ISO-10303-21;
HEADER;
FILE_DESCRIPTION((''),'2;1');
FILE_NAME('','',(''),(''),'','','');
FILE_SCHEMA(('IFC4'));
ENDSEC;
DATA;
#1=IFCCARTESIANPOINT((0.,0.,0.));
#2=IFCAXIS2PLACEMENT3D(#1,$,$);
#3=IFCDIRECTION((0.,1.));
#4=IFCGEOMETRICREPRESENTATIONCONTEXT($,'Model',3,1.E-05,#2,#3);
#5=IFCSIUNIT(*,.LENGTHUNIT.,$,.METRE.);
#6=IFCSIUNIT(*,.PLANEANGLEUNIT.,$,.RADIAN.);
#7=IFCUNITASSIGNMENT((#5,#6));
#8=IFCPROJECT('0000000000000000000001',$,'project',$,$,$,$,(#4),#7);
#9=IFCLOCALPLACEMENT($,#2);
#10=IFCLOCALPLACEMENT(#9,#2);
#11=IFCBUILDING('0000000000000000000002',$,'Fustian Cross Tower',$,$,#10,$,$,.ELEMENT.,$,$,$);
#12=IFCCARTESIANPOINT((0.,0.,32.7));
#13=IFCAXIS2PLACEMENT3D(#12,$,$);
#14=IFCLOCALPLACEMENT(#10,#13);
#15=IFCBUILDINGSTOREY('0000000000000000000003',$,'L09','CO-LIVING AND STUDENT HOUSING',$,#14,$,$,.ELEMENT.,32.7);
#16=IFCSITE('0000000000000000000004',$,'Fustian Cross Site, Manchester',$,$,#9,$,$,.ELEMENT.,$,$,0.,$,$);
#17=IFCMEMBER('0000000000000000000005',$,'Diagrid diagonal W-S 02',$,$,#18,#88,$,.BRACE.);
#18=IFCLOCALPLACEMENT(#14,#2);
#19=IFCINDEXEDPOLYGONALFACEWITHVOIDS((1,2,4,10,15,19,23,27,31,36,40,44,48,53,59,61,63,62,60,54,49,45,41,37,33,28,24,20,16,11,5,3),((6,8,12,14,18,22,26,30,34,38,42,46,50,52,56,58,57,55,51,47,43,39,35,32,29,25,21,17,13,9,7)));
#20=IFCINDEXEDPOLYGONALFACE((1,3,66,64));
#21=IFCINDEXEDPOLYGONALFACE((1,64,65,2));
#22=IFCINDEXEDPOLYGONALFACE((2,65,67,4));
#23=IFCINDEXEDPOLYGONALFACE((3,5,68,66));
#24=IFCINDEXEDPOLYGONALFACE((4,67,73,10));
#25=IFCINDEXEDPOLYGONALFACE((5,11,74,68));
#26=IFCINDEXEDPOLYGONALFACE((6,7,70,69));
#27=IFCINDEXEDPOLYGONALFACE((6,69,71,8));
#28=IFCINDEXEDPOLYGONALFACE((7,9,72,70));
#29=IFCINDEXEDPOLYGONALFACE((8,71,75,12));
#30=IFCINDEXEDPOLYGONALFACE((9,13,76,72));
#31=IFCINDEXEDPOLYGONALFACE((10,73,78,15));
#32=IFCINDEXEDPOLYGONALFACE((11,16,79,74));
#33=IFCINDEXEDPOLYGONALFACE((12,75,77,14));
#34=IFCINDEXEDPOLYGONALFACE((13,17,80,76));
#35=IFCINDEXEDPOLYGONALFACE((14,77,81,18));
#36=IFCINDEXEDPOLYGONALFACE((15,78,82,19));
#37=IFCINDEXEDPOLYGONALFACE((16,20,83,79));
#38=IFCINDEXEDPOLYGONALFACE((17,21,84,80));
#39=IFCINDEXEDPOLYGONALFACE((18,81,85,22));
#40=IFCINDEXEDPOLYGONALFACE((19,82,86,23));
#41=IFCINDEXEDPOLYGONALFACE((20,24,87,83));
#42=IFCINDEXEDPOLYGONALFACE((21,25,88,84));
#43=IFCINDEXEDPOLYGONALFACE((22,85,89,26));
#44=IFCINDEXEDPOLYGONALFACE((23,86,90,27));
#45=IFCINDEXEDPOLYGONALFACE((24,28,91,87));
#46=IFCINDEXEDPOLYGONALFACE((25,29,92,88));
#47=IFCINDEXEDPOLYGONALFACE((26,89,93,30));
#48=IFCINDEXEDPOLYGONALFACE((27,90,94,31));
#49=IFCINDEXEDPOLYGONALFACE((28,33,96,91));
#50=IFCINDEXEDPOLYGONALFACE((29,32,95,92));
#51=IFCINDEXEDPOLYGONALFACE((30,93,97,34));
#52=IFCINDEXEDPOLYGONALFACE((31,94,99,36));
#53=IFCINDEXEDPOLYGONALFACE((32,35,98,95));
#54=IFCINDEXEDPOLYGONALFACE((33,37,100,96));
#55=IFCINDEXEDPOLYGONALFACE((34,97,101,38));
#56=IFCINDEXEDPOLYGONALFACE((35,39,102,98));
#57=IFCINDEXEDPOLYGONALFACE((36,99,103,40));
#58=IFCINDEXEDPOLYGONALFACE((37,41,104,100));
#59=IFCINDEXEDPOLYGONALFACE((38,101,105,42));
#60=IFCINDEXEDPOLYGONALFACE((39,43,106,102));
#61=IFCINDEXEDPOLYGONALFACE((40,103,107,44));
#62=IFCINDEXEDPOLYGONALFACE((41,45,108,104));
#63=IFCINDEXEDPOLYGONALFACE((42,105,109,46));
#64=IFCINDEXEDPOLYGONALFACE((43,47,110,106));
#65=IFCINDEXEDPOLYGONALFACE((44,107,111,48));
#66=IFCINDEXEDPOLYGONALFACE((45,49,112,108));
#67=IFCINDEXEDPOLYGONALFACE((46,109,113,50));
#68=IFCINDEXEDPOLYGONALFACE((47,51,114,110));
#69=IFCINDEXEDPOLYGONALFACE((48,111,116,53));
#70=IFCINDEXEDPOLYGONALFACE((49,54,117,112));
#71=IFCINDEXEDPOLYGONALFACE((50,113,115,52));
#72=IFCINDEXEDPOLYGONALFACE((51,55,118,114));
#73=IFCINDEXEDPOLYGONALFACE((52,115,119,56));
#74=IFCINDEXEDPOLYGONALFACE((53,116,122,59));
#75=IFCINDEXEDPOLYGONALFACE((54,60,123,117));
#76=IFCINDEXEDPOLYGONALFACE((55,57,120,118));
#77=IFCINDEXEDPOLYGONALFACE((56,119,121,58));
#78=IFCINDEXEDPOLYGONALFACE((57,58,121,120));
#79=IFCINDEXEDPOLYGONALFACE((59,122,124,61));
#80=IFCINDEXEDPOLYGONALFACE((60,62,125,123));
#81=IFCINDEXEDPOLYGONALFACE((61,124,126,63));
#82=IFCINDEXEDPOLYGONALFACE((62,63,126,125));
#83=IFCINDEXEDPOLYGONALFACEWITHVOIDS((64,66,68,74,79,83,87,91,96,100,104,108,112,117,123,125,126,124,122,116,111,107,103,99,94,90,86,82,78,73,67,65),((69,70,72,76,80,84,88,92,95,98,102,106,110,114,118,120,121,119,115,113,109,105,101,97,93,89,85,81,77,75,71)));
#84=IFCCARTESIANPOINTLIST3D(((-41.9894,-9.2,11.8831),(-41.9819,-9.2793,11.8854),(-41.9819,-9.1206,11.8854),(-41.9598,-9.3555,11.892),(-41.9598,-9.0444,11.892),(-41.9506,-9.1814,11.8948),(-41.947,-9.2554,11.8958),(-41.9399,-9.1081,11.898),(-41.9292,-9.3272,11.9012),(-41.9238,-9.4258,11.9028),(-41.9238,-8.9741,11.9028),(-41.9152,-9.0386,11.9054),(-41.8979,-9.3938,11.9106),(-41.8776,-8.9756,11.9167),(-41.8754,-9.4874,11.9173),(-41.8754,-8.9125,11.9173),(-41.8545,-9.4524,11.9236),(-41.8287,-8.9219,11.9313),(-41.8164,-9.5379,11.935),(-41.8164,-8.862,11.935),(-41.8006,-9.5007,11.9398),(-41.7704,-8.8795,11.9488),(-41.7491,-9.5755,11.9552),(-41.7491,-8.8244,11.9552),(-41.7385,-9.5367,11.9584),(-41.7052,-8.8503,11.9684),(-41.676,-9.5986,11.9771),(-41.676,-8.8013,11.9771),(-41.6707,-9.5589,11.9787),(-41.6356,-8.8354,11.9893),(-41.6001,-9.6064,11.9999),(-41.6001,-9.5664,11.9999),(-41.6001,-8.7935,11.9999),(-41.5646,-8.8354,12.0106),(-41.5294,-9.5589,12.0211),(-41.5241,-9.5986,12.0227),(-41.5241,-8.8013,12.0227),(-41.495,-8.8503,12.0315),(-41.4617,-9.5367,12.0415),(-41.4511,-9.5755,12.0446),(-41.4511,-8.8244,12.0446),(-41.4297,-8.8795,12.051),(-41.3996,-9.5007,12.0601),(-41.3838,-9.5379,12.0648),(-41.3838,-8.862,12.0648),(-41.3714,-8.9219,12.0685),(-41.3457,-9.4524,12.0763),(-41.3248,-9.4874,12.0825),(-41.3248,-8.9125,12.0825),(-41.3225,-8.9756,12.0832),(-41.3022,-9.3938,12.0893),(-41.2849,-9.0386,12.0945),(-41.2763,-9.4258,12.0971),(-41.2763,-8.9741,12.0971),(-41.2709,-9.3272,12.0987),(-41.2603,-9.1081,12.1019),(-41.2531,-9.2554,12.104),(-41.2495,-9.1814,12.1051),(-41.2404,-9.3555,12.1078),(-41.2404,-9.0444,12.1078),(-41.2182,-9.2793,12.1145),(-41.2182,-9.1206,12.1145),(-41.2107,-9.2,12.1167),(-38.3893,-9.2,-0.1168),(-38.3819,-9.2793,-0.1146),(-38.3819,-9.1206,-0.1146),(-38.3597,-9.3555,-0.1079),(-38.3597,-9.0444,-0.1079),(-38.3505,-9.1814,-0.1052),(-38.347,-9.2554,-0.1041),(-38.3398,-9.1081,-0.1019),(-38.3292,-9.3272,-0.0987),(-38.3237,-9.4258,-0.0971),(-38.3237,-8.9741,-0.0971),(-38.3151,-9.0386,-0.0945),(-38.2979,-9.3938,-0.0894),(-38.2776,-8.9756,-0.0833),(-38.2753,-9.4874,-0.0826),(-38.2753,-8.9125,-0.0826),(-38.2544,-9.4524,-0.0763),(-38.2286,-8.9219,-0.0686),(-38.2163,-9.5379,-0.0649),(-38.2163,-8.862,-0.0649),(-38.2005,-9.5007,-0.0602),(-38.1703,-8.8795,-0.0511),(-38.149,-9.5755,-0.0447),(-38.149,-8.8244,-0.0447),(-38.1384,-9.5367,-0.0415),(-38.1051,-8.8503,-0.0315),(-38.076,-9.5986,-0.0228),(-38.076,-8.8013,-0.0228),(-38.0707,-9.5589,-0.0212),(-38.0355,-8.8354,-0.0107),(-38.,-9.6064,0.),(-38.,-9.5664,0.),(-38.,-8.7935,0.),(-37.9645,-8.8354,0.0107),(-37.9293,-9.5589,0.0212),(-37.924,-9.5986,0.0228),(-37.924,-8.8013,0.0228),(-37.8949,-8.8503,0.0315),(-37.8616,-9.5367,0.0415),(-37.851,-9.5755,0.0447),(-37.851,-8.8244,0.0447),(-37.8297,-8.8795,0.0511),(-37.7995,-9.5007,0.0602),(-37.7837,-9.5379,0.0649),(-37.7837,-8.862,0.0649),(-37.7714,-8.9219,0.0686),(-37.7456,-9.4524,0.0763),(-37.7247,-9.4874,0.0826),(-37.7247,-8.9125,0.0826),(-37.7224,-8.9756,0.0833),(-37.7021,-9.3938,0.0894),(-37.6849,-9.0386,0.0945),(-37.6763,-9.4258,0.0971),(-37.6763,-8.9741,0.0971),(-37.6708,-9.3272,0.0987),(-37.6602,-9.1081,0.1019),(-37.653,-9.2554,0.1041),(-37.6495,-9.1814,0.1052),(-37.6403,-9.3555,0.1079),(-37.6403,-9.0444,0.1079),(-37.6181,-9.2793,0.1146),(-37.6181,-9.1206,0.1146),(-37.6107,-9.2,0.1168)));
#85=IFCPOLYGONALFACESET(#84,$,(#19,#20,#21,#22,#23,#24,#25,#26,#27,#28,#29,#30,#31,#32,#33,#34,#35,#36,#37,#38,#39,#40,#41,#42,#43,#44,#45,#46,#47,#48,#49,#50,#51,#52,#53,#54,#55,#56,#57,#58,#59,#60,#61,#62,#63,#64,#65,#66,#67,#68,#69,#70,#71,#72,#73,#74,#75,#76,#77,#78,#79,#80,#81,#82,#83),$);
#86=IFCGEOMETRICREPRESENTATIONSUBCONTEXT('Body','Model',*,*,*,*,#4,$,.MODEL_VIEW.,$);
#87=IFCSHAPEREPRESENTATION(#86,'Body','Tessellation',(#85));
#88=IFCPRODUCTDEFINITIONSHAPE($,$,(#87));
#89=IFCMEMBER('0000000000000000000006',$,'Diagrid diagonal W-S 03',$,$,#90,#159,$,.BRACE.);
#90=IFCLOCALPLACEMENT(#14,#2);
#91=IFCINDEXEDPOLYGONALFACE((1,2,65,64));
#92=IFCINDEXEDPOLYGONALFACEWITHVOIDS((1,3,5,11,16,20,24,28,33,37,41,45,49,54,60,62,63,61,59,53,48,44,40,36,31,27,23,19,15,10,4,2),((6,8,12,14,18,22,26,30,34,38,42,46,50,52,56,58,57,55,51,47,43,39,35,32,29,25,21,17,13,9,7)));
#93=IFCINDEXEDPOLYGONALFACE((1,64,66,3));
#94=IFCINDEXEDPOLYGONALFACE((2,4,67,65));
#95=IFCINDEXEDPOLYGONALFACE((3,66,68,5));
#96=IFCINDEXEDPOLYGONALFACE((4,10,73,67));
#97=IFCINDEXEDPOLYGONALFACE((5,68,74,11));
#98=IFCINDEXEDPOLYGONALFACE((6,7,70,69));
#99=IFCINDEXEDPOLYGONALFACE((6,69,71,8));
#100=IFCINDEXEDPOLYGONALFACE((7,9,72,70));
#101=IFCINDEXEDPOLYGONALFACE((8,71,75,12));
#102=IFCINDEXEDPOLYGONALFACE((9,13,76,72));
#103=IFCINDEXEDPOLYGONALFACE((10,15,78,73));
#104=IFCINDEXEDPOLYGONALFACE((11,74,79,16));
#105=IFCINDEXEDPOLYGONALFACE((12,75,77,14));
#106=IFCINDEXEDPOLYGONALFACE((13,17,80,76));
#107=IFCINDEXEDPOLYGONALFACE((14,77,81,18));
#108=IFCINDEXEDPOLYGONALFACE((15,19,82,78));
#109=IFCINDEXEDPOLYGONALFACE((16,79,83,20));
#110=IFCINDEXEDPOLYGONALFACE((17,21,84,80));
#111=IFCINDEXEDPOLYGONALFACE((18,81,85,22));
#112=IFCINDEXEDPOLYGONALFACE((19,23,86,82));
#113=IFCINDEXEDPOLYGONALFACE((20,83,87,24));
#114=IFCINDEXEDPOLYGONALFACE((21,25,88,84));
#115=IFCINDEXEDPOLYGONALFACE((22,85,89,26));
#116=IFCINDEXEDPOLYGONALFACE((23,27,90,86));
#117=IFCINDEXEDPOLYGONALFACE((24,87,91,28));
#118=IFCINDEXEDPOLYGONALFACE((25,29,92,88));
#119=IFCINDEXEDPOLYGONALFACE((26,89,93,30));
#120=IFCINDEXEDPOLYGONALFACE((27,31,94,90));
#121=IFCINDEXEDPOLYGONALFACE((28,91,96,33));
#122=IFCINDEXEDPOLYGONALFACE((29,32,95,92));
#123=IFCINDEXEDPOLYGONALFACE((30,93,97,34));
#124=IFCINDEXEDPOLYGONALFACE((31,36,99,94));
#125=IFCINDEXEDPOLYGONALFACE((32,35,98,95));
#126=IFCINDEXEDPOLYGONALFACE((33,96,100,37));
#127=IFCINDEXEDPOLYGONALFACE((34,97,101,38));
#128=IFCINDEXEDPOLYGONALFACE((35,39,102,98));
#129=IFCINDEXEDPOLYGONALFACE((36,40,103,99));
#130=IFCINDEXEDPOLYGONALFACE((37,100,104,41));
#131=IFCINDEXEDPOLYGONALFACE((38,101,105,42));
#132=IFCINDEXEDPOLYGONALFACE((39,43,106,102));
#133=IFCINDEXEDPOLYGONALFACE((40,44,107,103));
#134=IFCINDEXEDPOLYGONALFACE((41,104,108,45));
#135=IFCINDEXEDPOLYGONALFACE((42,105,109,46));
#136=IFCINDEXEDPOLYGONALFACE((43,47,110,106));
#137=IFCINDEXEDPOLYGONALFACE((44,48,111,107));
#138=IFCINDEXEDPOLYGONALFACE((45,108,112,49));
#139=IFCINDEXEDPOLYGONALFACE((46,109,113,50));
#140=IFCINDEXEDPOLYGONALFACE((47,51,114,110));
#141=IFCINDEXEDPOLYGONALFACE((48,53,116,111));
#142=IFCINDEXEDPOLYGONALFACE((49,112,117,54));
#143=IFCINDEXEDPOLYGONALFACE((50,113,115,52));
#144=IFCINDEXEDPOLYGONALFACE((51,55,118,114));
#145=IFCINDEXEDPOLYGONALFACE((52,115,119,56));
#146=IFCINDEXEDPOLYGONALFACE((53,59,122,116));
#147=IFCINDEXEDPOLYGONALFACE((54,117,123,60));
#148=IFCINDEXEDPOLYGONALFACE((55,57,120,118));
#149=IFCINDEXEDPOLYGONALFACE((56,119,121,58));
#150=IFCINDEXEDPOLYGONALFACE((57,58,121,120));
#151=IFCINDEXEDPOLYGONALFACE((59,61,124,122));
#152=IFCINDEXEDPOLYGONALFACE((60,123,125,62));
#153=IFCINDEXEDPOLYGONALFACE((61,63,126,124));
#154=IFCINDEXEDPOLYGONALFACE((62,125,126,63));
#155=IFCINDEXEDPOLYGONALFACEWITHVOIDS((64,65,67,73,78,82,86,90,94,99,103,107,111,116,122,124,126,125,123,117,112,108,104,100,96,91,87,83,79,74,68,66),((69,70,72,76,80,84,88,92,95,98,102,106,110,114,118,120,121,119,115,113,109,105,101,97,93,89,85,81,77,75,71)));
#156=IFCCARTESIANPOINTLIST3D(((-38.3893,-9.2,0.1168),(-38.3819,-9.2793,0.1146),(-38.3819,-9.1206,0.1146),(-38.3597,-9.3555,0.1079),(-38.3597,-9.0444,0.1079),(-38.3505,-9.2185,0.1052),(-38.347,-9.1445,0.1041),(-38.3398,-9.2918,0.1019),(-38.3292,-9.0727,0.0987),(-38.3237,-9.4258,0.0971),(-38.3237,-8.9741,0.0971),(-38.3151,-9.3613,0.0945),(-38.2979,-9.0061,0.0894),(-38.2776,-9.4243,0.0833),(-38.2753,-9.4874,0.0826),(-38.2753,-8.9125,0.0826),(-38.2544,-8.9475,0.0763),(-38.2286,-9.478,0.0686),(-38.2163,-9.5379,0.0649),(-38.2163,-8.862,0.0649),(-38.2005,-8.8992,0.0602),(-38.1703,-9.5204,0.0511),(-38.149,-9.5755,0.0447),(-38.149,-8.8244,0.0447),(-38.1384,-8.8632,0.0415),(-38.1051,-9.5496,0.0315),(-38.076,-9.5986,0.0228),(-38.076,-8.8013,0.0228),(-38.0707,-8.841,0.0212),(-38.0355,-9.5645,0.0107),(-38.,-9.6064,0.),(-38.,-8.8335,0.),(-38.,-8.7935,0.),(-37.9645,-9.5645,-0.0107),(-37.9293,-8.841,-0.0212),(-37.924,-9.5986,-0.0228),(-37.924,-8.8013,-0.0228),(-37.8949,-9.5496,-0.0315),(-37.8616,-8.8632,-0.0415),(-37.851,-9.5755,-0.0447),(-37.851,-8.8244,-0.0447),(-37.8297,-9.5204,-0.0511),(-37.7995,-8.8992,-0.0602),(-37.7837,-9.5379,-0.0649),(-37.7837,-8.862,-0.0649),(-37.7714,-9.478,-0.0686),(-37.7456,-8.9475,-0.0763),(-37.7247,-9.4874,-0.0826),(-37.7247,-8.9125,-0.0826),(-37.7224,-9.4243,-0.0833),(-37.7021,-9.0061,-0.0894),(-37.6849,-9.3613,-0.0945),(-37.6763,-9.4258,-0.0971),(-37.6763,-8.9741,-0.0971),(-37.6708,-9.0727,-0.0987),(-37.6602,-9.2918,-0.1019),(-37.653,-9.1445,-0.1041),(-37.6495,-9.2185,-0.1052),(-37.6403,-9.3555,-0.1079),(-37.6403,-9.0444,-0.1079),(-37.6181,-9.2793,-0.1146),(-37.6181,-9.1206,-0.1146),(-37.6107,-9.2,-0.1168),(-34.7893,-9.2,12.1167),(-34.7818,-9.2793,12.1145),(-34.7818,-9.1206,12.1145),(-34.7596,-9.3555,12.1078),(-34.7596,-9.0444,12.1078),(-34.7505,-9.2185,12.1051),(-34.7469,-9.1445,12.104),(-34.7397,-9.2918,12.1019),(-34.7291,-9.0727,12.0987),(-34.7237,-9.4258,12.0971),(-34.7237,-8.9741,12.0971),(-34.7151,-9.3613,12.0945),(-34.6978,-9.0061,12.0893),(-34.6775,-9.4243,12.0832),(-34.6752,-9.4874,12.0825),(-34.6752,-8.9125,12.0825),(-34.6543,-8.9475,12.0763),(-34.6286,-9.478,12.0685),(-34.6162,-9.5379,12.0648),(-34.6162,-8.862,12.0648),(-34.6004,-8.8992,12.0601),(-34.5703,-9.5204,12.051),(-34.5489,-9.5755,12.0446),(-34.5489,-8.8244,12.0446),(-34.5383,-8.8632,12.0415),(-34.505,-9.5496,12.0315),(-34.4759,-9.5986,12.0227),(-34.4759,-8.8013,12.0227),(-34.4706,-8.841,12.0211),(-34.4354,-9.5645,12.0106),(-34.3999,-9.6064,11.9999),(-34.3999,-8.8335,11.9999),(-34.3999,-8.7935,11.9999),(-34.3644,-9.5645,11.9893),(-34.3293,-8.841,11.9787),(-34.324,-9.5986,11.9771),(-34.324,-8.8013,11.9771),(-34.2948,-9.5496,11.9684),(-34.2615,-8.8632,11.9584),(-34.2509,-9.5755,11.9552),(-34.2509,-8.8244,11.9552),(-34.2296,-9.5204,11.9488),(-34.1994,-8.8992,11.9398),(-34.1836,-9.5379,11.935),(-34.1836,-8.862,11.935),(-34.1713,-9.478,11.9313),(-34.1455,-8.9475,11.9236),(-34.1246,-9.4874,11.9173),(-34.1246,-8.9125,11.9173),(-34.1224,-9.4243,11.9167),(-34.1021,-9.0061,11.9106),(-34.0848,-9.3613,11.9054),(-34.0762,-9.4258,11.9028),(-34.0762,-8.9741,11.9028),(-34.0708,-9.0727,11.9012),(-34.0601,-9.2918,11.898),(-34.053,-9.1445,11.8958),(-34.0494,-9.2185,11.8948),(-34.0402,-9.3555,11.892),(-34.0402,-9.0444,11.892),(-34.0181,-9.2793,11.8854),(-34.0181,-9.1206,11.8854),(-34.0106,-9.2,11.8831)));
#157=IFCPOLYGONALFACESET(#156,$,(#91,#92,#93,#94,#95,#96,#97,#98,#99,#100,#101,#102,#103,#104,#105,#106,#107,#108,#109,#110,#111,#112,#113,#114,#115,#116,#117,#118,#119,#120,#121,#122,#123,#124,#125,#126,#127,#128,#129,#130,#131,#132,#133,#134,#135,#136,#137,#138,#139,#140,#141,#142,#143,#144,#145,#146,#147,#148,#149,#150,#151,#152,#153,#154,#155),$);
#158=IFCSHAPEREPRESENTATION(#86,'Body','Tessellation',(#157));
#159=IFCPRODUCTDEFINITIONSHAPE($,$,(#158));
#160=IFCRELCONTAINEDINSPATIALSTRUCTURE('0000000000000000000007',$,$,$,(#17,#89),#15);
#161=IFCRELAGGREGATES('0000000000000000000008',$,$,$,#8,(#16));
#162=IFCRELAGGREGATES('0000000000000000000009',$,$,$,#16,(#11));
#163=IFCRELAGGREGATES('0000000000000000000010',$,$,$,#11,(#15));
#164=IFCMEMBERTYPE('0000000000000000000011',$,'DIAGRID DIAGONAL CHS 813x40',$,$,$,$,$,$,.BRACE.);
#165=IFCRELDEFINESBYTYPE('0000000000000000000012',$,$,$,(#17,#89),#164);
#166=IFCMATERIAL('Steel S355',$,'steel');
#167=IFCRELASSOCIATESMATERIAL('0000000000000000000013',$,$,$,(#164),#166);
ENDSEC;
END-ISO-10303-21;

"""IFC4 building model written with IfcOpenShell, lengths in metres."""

from ifc_helpers import new_model, si_unit, direction, frame, origin, origin_2d, place, context, subcontext, project, spatial, hollow_circle, extrude, material, material_profile, profile_set, type_object, element, save


model = new_model("IFC4")

# Units and contexts
model_context = context("Model", 3, precision=1e-05, world=origin(), true_north=direction((0.0, 1.0)))
body_context = subcontext(model_context, "Body", "Model", "MODEL_VIEW")
ifc_project = project(units=[si_unit("LENGTHUNIT", "METRE"), si_unit("PLANEANGLEUNIT", "RADIAN")], contexts=[model_context])

# Site, building, storey
site_placement = place(None, origin())
site = spatial("IfcSite", under=ifc_project, at=site_placement, Name="Fustian Cross Site, Manchester", CompositionType="ELEMENT", RefElevation=0.0)
building_placement = place(site_placement, origin())
building = spatial("IfcBuilding", under=site, at=building_placement, Name="Fustian Cross Tower", CompositionType="ELEMENT")
storey_placement = place(building_placement, frame((0.0, 0.0, 32.7)))
storey = spatial("IfcBuildingStorey", under=building, at=storey_placement, Name="L09", Description="CO-LIVING AND STUDENT HOUSING", CompositionType="ELEMENT", Elevation=32.7)

# Members
ifc_material_1 = material(Name="Steel S355", Category="steel")
ifc_material_profile_1 = material_profile(ifc_material_1, hollow_circle(Radius=0.4065, WallThickness=0.04, at=origin_2d()), Name="CHS 813x40")
ifc_profile_set_1 = profile_set([ifc_material_profile_1], Name="Steel S355")
member_type_1 = type_object("IfcMemberType", Name="DIAGRID DIAGONAL CHS 813x40", PredefinedType="BRACE", material=ifc_profile_set_1)
for number, where, z_axis, x_axis, name in (
    (1, (-38.0, -9.2, 0.0), (-0.287355, 0.0, 0.957824), (0.0, -1.0, 0.0), "Diagrid diagonal W-S 02"),
    (2, (-38.0, -9.2, 0.0), (0.287355, 0.0, 0.957824), (0.0, 1.0, 0.0), "Diagrid diagonal W-S 03"),
):
    element("IfcMember", number, at=place(storey_placement, frame(where, z_axis=z_axis, x_axis=x_axis)), inside=storey, type_object=member_type_1, Name=name, PredefinedType="BRACE", context=body_context, shape_type="SweptSolid", body=[
        extrude(hollow_circle(Radius=0.4065, WallThickness=0.04, at=origin_2d()), origin(), (0.0, 0.0, 1.0), 12.5283),
    ])

save(model, "model.ifc")
